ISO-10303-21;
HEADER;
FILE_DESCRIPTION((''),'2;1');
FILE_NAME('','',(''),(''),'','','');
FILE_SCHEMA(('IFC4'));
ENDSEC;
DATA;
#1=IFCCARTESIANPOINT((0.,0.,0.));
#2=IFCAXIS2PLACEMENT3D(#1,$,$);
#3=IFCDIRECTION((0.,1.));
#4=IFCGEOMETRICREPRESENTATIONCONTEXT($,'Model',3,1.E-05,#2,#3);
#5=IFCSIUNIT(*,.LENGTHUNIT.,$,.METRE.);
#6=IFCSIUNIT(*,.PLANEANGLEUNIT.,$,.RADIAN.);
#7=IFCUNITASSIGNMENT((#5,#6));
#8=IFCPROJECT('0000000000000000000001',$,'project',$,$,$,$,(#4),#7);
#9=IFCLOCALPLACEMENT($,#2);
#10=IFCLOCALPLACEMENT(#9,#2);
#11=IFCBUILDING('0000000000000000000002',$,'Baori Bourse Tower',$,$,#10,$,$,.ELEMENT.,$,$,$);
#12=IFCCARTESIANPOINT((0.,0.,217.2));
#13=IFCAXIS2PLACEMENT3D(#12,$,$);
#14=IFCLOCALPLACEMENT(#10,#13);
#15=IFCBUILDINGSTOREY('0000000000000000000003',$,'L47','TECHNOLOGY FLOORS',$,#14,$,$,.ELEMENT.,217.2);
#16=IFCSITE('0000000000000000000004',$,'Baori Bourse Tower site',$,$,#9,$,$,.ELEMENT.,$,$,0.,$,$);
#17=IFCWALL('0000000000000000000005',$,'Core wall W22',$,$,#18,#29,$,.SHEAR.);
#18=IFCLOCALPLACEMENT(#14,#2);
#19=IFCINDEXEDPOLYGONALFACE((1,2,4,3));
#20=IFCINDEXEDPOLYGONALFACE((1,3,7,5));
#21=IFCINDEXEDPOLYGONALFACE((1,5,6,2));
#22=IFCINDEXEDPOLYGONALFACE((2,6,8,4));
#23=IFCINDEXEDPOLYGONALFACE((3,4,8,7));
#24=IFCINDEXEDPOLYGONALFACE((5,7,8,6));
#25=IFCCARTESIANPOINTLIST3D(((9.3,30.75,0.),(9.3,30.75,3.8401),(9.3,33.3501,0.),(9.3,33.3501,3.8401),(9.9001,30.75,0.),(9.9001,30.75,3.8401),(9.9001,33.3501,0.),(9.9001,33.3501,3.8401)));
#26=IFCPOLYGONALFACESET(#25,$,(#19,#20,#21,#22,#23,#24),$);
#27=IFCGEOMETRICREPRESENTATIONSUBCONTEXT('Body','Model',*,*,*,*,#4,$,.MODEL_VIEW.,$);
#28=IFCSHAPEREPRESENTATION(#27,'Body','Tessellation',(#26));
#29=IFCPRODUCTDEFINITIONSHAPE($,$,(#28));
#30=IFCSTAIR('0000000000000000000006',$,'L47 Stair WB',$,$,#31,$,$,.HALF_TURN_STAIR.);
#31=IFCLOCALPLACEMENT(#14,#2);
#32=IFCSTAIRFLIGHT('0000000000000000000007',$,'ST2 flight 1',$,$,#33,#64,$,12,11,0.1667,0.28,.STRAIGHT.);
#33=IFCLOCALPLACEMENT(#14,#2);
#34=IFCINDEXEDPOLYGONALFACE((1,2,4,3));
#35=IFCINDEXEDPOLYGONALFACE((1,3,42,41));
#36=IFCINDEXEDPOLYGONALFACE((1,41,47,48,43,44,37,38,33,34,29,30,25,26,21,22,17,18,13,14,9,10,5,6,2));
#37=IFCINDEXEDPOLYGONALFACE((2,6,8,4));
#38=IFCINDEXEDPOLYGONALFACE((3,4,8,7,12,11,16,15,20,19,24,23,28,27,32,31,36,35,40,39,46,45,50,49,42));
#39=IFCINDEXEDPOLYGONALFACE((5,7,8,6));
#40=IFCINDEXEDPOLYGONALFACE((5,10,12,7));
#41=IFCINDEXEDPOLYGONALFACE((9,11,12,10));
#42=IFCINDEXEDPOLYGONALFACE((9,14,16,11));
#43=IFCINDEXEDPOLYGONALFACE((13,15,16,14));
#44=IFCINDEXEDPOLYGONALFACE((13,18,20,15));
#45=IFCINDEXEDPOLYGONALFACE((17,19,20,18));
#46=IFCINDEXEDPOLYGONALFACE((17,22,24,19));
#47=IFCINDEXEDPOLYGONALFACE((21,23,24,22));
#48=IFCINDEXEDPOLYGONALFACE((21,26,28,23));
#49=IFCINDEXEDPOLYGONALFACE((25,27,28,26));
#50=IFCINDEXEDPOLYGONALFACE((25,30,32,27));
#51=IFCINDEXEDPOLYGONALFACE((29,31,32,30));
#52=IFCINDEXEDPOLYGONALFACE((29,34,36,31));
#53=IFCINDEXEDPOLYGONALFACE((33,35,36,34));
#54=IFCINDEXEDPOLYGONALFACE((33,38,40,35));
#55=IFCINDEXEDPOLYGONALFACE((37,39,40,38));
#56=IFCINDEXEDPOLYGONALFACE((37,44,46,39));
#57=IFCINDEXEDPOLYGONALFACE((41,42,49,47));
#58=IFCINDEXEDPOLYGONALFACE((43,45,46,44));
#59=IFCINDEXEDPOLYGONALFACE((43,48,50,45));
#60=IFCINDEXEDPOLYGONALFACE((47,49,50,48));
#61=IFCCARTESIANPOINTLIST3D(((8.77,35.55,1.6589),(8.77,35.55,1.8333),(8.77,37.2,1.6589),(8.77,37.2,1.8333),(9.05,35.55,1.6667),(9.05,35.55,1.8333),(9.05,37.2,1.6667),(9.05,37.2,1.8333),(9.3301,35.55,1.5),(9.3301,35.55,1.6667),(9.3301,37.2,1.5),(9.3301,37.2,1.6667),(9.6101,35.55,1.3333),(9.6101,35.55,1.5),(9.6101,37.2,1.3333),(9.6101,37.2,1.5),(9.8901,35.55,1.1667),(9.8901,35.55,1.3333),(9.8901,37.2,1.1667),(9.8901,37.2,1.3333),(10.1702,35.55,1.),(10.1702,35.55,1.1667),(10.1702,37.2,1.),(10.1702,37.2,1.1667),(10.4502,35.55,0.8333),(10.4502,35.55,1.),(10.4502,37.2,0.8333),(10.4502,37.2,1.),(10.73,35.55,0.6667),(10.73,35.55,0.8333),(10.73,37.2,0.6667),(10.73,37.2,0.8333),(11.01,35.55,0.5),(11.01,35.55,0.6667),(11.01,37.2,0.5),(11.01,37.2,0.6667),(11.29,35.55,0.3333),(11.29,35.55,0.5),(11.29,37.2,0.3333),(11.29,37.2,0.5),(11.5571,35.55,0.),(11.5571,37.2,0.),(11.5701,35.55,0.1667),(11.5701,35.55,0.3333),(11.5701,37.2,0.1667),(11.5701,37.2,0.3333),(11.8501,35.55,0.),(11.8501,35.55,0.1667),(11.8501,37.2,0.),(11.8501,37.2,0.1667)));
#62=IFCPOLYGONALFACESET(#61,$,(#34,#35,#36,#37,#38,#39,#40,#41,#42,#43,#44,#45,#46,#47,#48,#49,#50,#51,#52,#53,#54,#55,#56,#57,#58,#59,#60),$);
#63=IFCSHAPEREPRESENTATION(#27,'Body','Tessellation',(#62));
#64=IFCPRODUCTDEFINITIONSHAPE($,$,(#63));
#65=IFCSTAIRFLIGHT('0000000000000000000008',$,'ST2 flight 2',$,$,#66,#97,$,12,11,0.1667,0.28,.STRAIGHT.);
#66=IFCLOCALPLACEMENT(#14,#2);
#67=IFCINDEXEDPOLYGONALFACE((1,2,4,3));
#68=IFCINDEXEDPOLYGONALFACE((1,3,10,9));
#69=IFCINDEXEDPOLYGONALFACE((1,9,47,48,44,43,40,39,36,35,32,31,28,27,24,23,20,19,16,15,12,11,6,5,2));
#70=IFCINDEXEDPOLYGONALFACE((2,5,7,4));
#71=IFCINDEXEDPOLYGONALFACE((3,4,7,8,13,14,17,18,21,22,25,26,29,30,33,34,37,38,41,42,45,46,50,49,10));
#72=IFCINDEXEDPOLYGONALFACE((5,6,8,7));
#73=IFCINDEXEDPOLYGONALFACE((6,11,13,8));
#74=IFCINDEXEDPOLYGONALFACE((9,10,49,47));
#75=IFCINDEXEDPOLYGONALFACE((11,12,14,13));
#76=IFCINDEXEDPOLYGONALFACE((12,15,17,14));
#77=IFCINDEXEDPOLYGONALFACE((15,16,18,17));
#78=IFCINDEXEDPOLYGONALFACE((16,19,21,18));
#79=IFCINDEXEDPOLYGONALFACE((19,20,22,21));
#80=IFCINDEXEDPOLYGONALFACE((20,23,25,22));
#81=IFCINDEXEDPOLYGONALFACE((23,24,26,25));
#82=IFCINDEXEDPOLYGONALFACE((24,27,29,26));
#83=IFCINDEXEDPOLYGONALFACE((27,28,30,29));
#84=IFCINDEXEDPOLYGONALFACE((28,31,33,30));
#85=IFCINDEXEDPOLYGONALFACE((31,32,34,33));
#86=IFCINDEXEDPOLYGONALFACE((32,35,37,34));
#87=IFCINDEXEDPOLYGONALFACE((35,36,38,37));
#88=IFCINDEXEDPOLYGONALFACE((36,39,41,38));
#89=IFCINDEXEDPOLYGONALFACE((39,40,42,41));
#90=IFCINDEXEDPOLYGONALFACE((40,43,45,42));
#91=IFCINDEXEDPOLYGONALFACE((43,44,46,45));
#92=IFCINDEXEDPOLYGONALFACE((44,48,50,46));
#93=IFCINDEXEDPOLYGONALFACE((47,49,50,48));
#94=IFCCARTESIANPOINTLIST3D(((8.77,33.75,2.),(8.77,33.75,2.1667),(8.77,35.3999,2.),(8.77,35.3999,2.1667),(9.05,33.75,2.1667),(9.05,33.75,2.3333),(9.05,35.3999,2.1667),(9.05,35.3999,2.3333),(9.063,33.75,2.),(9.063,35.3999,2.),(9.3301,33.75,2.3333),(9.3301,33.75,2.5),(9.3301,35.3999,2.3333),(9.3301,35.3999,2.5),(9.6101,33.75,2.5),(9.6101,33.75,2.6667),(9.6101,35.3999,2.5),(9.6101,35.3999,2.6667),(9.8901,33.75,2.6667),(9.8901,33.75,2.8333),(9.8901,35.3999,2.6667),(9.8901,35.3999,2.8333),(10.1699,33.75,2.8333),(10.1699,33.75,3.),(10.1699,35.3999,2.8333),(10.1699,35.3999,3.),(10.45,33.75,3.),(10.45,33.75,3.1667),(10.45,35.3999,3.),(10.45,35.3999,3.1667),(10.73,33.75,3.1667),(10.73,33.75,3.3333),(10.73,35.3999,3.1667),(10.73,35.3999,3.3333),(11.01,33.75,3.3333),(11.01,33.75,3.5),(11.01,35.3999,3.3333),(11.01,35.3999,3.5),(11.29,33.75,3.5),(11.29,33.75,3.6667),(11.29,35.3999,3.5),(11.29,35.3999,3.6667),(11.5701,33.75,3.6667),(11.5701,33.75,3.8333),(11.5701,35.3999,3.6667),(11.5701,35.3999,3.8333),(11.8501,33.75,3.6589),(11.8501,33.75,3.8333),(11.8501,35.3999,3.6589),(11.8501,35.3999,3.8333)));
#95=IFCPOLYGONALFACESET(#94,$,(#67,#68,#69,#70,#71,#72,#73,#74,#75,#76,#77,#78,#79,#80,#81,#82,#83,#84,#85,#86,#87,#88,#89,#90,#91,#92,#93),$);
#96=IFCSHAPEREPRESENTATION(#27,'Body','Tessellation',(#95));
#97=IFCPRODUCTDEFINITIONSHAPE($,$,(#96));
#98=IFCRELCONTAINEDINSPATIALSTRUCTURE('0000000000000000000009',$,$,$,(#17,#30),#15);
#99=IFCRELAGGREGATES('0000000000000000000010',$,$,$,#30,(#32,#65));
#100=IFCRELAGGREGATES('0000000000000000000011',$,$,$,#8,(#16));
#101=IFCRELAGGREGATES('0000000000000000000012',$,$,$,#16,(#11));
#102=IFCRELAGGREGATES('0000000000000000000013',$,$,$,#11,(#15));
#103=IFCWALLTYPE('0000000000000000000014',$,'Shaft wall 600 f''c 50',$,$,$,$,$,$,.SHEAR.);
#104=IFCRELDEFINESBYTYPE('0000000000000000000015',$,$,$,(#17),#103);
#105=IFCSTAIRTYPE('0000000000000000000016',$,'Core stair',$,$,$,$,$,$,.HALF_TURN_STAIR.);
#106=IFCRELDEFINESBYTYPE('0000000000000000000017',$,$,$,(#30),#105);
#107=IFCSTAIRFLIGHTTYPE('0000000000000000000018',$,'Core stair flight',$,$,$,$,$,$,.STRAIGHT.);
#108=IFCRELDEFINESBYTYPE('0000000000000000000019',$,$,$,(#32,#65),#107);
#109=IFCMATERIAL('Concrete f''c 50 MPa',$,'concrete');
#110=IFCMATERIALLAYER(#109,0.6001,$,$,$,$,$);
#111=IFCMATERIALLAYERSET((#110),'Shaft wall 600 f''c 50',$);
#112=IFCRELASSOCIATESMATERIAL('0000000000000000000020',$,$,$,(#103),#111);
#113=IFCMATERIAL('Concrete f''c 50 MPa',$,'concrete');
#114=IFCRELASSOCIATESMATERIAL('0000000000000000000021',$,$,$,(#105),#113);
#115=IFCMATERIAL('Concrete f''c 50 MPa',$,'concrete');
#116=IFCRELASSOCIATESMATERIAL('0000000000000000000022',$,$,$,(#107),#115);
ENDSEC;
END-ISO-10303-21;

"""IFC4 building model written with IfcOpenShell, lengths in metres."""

from ifc_helpers import new_model, si_unit, direction, frame, frame_2d, origin, place, context, subcontext, project, spatial, polyline, rectangle, outline, extrude, material, layer, layer_set, type_object, element, aggregate, save


model = new_model("IFC4")

# Units and contexts
model_context = context("Model", 3, precision=1e-05, world=origin(), true_north=direction((0.0, 1.0)))
body_context = subcontext(model_context, "Body", "Model", "MODEL_VIEW")
ifc_project = project(units=[si_unit("LENGTHUNIT", "METRE"), si_unit("PLANEANGLEUNIT", "RADIAN")], contexts=[model_context])

# Site, building, storey
site_placement = place(None, origin())
site = spatial("IfcSite", under=ifc_project, at=site_placement, Name="Baori Bourse Tower site", CompositionType="ELEMENT", RefElevation=0.0)
building_placement = place(site_placement, origin())
building = spatial("IfcBuilding", under=site, at=building_placement, Name="Baori Bourse Tower", CompositionType="ELEMENT")
storey_placement = place(building_placement, frame((0.0, 0.0, 217.2)))
storey = spatial("IfcBuildingStorey", under=building, at=storey_placement, Name="L47", Description="TECHNOLOGY FLOORS", CompositionType="ELEMENT", Elevation=217.2)

# Wall
ifc_material_1 = material(Name="Concrete f'c 50 MPa", Category="concrete")
ifc_layer_1 = layer(ifc_material_1, 0.6001)
ifc_layer_set_1 = layer_set([ifc_layer_1], Name="Shaft wall 600 f'c 50")
wall_type_1 = type_object("IfcWallType", Name="Shaft wall 600 f'c 50", PredefinedType="SHEAR", material=ifc_layer_set_1)
wall_1_placement = place(storey_placement, frame((9.6001, 30.75, 0.0), z_axis=(0.0, 0.0, 1.0), x_axis=(0.0, 1.0, 0.0)))
element("IfcWall", 1, at=wall_1_placement, inside=storey, type_object=wall_type_1, Name="Core wall W22", PredefinedType="SHEAR", context=body_context, shape_type="SweptSolid", body=[
    extrude(rectangle(XDim=2.6001, YDim=0.6001, at=frame_2d((1.3, 0.0))), origin(), (0.0, 0.0, 1.0), 3.8401),
])

# Stair, stair flights
ifc_material_2 = material(Name="Concrete f'c 50 MPa", Category="concrete")
stair_type = type_object("IfcStairType", Name="Core stair", PredefinedType="HALF_TURN_STAIR", material=ifc_material_2)
stair_placement = place(storey_placement, origin())
stair = element("IfcStair", 2, at=stair_placement, inside=storey, type_object=stair_type, Name="L47 Stair WB", PredefinedType="HALF_TURN_STAIR")
ifc_material_3 = material(Name="Concrete f'c 50 MPa", Category="concrete")
stair_flight_type = type_object("IfcStairFlightType", Name="Core stair flight", PredefinedType="STRAIGHT", material=ifc_material_3)
stair_flight_1_placement = place(storey_placement, frame((11.8501, 36.375, 0.0), z_axis=(0.0, 0.0, 1.0), x_axis=(-1.0, 0.0, 0.0)))
stair_flight_1 = element("IfcStairFlight", 3, at=stair_flight_1_placement, type_object=stair_flight_type, Name="ST2 flight 1", NumberOfRisers=12, NumberOfTreads=11, PredefinedType="STRAIGHT", RiserHeight=0.1667, TreadLength=0.28, context=body_context, shape_type="SweptSolid", body=[
    extrude(outline(polyline([(0.0, 0.0), (0.0, 0.1667), (0.28, 0.1667), (0.28, 0.3333), (0.5601, 0.3333), (0.5601, 0.5), (0.8401, 0.5), (0.8401, 0.6667), (1.1201, 0.6667), (1.1201, 0.8333), (1.3999, 0.8333), (1.3999, 1.0), (1.6799, 1.0), (1.6799, 1.1667), (1.96, 1.1667), (1.96, 1.3333), (2.24, 1.3333), (2.24, 1.5), (2.52, 1.5), (2.52, 1.6667), (2.8, 1.6667), (2.8, 1.8333), (3.0801, 1.8333), (3.0801, 2.0), (3.0801, 1.6589), (0.293, 0.0), (0.0, 0.0)])), frame((0.0, 0.825, 0.0), z_axis=(0.0, -1.0, 0.0), x_axis=(1.0, 0.0, 0.0)), (0.0, 0.0, 1.0), 1.6499),
])
stair_flight_2_placement = place(storey_placement, frame((8.77, 34.575, 2.0), z_axis=(0.0, 0.0, 1.0), x_axis=(1.0, 0.0, 0.0)))
stair_flight_2 = element("IfcStairFlight", 4, at=stair_flight_2_placement, type_object=stair_flight_type, Name="ST2 flight 2", NumberOfRisers=12, NumberOfTreads=11, PredefinedType="STRAIGHT", RiserHeight=0.1667, TreadLength=0.28, context=body_context, shape_type="SweptSolid", body=[
    extrude(outline(polyline([(0.0, 0.0), (0.0, 0.1667), (0.28, 0.1667), (0.28, 0.3333), (0.5601, 0.3333), (0.5601, 0.5), (0.8401, 0.5), (0.8401, 0.6667), (1.1201, 0.6667), (1.1201, 0.8333), (1.3999, 0.8333), (1.3999, 1.0), (1.6799, 1.0), (1.6799, 1.1667), (1.96, 1.1667), (1.96, 1.3333), (2.24, 1.3333), (2.24, 1.5), (2.52, 1.5), (2.52, 1.6667), (2.8, 1.6667), (2.8, 1.8333), (3.0801, 1.8333), (3.0801, 2.0), (3.0801, 1.6589), (0.293, 0.0), (0.0, 0.0)])), frame((0.0, 0.825, 0.0), z_axis=(0.0, -1.0, 0.0), x_axis=(1.0, 0.0, 0.0)), (0.0, 0.0, 1.0), 1.6499),
])
aggregate(stair, [stair_flight_1, stair_flight_2])

save(model, "model.ifc")
